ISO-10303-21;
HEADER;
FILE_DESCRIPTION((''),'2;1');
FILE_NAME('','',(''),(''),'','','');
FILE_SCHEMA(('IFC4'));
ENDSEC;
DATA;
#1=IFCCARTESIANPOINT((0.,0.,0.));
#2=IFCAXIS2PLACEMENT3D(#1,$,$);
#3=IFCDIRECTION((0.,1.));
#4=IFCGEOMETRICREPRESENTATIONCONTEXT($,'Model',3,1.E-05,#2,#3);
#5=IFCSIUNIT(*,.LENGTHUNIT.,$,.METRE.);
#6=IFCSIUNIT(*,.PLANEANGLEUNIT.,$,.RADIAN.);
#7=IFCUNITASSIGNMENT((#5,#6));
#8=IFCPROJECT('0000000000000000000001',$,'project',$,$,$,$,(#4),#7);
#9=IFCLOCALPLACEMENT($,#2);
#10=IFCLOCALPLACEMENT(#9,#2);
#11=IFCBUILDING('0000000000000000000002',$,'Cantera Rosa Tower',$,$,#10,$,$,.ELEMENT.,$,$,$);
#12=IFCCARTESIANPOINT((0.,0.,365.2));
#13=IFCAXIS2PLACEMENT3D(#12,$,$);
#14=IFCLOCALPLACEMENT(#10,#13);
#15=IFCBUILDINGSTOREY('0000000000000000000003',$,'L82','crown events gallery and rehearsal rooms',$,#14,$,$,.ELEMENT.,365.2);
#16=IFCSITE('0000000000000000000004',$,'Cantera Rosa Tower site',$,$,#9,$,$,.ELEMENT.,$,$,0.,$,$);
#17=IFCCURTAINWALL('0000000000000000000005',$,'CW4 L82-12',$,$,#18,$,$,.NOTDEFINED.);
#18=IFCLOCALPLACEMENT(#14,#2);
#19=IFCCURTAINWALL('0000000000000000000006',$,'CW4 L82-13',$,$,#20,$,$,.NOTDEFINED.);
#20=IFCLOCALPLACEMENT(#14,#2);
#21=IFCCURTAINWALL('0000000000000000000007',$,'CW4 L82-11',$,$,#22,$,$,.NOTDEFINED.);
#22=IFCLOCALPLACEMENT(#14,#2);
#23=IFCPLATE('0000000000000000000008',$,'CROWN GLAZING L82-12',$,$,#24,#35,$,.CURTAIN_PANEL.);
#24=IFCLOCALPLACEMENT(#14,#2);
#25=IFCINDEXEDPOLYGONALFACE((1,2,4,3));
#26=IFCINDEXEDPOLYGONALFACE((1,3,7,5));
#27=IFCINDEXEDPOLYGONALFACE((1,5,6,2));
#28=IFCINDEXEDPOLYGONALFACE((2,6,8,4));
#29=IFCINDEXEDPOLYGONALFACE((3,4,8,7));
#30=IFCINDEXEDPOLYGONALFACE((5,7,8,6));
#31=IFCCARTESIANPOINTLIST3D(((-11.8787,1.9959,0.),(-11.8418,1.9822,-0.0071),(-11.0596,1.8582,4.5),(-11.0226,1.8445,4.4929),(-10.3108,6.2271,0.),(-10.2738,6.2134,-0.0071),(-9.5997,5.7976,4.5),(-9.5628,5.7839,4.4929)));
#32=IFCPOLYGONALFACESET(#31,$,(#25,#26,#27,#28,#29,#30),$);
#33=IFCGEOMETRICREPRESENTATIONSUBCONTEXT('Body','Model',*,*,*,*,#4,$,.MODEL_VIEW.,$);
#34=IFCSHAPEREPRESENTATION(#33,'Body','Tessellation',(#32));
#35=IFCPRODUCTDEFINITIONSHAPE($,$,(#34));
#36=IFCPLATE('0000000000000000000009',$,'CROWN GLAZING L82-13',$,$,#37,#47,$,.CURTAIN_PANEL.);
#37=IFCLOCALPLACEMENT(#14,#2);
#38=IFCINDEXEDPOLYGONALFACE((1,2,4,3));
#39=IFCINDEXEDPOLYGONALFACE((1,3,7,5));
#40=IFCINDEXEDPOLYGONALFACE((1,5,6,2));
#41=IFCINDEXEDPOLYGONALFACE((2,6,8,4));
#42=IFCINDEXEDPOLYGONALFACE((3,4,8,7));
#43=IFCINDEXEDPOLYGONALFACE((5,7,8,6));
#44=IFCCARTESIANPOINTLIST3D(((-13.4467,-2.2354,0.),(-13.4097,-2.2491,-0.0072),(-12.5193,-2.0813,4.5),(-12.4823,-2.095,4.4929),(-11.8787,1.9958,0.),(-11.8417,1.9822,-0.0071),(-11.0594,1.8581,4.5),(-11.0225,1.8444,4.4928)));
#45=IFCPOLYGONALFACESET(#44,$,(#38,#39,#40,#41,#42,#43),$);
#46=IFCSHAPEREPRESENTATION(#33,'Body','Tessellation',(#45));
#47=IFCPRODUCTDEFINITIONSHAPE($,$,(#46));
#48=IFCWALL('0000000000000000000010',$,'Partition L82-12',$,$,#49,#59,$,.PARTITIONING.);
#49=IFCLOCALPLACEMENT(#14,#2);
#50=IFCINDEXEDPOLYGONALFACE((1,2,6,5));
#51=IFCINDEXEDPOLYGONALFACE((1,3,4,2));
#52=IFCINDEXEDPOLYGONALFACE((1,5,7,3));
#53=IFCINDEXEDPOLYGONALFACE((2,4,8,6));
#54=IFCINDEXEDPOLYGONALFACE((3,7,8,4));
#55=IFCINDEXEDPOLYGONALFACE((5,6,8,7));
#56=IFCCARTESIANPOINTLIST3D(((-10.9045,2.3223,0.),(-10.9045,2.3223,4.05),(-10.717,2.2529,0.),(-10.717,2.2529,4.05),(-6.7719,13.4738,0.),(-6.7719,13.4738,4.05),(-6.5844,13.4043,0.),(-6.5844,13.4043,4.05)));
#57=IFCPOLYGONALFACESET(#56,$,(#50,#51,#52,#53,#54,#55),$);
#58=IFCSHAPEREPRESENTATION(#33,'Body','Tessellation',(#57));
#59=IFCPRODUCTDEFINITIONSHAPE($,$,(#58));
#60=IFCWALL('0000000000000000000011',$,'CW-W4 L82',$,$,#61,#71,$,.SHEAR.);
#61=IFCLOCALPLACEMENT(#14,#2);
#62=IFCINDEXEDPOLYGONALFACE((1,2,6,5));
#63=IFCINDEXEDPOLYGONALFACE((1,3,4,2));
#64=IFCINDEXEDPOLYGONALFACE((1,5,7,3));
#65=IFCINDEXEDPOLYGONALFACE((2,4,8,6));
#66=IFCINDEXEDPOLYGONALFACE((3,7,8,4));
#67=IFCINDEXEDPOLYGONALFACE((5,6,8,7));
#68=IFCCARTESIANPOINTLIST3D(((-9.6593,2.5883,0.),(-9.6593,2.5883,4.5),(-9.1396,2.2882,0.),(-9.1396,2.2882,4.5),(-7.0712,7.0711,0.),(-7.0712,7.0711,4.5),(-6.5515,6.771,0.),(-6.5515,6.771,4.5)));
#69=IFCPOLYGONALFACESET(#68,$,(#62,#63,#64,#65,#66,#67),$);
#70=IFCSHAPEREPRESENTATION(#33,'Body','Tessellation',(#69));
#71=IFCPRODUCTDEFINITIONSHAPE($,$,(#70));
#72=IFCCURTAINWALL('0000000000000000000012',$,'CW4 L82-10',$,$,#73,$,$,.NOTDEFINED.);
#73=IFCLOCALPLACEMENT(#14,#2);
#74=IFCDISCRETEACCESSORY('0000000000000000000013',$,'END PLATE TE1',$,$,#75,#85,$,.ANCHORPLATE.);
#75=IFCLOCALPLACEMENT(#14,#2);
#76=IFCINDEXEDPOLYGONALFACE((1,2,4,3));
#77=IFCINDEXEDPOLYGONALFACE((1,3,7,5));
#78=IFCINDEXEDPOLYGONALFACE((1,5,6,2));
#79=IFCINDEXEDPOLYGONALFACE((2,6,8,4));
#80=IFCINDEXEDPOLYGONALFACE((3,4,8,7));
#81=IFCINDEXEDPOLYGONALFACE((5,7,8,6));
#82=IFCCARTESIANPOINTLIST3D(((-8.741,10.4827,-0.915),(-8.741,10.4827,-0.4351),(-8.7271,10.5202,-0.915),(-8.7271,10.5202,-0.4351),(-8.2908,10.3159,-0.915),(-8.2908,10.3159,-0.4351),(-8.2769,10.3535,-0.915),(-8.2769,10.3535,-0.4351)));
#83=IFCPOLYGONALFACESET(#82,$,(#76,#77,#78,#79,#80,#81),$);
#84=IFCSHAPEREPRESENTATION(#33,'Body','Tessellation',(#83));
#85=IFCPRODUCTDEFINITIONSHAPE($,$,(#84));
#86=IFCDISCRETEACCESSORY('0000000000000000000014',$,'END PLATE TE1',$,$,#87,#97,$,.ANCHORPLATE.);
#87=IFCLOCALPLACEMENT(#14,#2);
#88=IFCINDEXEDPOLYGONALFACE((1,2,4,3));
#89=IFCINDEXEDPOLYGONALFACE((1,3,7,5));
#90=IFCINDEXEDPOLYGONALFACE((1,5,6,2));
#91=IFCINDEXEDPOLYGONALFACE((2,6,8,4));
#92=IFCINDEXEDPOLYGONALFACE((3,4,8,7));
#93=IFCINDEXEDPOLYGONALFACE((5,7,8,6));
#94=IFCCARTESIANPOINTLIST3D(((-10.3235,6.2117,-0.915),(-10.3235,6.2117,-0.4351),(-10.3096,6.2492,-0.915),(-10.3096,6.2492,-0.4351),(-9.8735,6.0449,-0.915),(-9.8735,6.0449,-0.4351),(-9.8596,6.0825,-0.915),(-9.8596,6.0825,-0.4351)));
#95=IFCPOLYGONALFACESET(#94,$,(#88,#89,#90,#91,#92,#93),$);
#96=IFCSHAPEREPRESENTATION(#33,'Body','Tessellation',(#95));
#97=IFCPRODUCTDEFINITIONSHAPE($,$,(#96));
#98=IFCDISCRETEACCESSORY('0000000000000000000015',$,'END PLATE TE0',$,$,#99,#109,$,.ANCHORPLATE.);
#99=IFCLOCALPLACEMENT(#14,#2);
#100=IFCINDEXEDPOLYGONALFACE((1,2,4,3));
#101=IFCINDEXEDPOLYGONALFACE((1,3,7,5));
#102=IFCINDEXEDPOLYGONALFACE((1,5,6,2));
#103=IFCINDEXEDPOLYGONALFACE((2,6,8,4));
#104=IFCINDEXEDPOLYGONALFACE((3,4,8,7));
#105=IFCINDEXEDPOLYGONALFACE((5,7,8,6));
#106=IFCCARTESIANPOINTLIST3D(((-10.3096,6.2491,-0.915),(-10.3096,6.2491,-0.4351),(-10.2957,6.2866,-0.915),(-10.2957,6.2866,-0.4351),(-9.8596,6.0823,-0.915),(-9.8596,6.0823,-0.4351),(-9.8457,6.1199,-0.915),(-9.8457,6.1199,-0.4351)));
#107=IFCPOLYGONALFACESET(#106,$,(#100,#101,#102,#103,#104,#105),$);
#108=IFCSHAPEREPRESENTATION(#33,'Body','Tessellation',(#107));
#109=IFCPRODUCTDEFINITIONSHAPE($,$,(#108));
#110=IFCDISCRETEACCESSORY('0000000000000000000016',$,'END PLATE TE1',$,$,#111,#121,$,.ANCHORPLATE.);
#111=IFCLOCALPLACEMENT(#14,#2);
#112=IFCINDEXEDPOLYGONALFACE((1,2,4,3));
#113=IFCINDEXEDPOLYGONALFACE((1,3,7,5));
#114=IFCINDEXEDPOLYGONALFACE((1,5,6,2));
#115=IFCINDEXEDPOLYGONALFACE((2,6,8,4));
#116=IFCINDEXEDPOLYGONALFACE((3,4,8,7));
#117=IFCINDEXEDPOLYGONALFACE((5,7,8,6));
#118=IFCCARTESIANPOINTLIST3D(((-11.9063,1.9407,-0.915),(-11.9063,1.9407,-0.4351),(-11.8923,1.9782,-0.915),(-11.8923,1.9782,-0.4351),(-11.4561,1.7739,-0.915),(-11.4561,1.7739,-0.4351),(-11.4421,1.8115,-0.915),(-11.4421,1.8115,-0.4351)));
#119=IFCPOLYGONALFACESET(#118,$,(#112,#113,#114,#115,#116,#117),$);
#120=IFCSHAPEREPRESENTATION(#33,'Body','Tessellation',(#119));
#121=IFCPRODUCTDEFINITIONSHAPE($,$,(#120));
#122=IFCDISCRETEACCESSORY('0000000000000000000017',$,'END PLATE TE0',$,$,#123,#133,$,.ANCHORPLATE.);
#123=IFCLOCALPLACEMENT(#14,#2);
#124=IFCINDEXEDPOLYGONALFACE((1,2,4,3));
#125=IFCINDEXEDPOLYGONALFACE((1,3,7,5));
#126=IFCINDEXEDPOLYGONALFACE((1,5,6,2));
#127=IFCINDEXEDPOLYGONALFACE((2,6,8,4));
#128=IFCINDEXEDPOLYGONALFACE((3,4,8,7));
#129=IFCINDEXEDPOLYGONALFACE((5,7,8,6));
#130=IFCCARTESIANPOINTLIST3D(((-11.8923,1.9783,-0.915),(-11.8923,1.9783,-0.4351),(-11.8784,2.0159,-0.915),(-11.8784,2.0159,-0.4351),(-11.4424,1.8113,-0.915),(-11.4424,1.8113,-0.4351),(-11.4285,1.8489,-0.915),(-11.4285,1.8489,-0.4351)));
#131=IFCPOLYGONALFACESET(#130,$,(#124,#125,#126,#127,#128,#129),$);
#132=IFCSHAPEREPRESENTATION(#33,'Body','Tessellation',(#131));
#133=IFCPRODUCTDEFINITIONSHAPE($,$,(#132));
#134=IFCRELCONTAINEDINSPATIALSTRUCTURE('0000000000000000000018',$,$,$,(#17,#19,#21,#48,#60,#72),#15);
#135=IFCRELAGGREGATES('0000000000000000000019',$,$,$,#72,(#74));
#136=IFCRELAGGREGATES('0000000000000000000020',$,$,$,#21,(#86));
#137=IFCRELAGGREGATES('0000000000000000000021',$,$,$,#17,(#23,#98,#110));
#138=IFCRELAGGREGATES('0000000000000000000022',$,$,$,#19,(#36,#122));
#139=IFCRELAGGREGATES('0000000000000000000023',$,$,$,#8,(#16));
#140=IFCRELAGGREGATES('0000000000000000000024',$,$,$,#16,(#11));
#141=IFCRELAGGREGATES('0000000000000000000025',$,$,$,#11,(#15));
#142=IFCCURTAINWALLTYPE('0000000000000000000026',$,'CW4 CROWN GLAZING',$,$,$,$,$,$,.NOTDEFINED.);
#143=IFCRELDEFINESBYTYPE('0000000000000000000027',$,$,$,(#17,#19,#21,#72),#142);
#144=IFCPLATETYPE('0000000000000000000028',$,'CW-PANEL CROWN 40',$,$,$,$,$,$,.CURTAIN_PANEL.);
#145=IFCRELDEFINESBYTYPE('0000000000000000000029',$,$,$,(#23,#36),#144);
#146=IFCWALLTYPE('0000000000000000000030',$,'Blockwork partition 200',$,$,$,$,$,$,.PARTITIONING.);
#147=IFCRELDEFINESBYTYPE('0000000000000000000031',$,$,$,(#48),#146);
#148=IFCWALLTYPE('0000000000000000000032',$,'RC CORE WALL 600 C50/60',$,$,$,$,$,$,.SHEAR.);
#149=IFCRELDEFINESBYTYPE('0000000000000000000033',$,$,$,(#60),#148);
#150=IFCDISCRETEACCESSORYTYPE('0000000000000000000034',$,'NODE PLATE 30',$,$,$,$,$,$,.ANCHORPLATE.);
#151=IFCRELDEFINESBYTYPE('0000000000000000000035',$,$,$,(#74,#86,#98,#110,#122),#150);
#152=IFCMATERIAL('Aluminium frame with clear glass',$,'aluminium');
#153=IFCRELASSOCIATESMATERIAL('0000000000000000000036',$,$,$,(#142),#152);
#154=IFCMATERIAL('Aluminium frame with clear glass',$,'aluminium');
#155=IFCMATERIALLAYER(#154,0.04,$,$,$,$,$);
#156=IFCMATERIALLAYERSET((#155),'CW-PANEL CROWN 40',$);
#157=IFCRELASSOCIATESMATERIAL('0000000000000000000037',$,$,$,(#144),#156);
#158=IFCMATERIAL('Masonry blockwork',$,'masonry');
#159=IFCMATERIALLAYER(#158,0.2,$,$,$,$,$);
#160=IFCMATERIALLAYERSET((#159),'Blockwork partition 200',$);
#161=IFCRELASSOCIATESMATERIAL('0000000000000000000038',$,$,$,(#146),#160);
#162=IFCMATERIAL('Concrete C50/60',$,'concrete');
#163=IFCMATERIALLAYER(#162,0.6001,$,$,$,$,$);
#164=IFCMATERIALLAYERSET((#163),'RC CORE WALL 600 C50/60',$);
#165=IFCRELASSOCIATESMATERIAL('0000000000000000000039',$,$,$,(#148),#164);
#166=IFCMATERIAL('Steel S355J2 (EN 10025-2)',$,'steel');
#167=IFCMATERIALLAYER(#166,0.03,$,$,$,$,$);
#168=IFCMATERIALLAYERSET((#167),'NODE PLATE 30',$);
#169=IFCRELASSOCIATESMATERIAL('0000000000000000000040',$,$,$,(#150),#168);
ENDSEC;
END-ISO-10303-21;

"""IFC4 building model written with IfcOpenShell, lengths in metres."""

from ifc_helpers import new_model, si_unit, direction, frame, frame_2d, origin, place, context, subcontext, project, spatial, polyline, rectangle, outline, extrude, material, layer, layer_set, type_object, element, aggregate, save


model = new_model("IFC4")

# Units and contexts
model_context = context("Model", 3, precision=1e-05, world=origin(), true_north=direction((0.0, 1.0)))
body_context = subcontext(model_context, "Body", "Model", "MODEL_VIEW")
ifc_project = project(units=[si_unit("LENGTHUNIT", "METRE"), si_unit("PLANEANGLEUNIT", "RADIAN")], contexts=[model_context])

# Site, building, storey
site_placement = place(None, origin())
site = spatial("IfcSite", under=ifc_project, at=site_placement, Name="Cantera Rosa Tower site", CompositionType="ELEMENT", RefElevation=0.0)
building_placement = place(site_placement, origin())
building = spatial("IfcBuilding", under=site, at=building_placement, Name="Cantera Rosa Tower", CompositionType="ELEMENT")
storey_placement = place(building_placement, frame((0.0, 0.0, 365.2)))
storey = spatial("IfcBuildingStorey", under=building, at=storey_placement, Name="L82", Description="crown events gallery and rehearsal rooms", CompositionType="ELEMENT", Elevation=365.2)

# Curtain walls
ifc_material_1 = material(Name="Aluminium frame with clear glass", Category="aluminium")
curtain_wall_type = type_object("IfcCurtainWallType", Name="CW4 CROWN GLAZING", PredefinedType="NOTDEFINED", material=ifc_material_1)
curtain_wall_1_placement = place(storey_placement, origin())
curtain_wall_1 = element("IfcCurtainWall", 1, at=curtain_wall_1_placement, inside=storey, type_object=curtain_wall_type, Name="CW4 L82-12", PredefinedType="NOTDEFINED")
curtain_wall_2_placement = place(storey_placement, origin())
curtain_wall_2 = element("IfcCurtainWall", 2, at=curtain_wall_2_placement, inside=storey, type_object=curtain_wall_type, Name="CW4 L82-13", PredefinedType="NOTDEFINED")
curtain_wall_3_placement = place(storey_placement, origin())
curtain_wall_3 = element("IfcCurtainWall", 3, at=curtain_wall_3_placement, inside=storey, type_object=curtain_wall_type, Name="CW4 L82-11", PredefinedType="NOTDEFINED")

# Plates
ifc_material_2 = material(Name="Aluminium frame with clear glass", Category="aluminium")
ifc_layer_1 = layer(ifc_material_2, 0.04)
ifc_layer_set_1 = layer_set([ifc_layer_1], Name="CW-PANEL CROWN 40")
plate_type = type_object("IfcPlateType", Name="CW-PANEL CROWN 40", PredefinedType="CURTAIN_PANEL", material=ifc_layer_set_1)
plate_1_placement = place(storey_placement, frame((-10.3108, 6.2271, 0.0), z_axis=(-0.92264, 0.341907, 0.178422), x_axis=(-0.347482, -0.937687, 0.000004)))
plate_1 = element("IfcPlate", 4, at=plate_1_placement, type_object=plate_type, Name="CROWN GLAZING L82-12", PredefinedType="CURTAIN_PANEL", context=body_context, shape_type="SweptSolid", body=[
    extrude(outline(polyline([(0.0, 0.0), (4.5123, 0.0), (4.3569, 4.5734), (0.1556, 4.5734), (0.0, 0.0)])), origin(), (0.0, 0.0, -1.0), 0.04),
])
plate_2_placement = place(storey_placement, frame((-11.8787, 1.9958, 0.0), z_axis=(-0.922639, 0.341906, 0.17843), x_axis=(-0.347483, -0.937686, -0.000005)))
plate_2 = element("IfcPlate", 5, at=plate_2_placement, type_object=plate_type, Name="CROWN GLAZING L82-13", PredefinedType="CURTAIN_PANEL", context=body_context, shape_type="SweptSolid", body=[
    extrude(outline(polyline([(0.0, 0.0), (4.5124, 0.0), (4.0457, 4.5734), (-0.1555, 4.5734), (0.0, 0.0)])), origin(), (0.0, 0.0, -1.0), 0.04),
])

# Walls
ifc_material_3 = material(Name="Masonry blockwork", Category="masonry")
ifc_layer_2 = layer(ifc_material_3, 0.2)
ifc_layer_set_2 = layer_set([ifc_layer_2], Name="Blockwork partition 200")
wall_type_1 = type_object("IfcWallType", Name="Blockwork partition 200", PredefinedType="PARTITIONING", material=ifc_layer_set_2)
wall_1_placement = place(storey_placement, frame((-10.8108, 2.2876, 0.0), z_axis=(0.0, 0.0, 1.0), x_axis=(0.347494, 0.937682, 0.0)))
element("IfcWall", 6, at=wall_1_placement, inside=storey, type_object=wall_type_1, Name="Partition L82-12", PredefinedType="PARTITIONING", context=body_context, shape_type="SweptSolid", body=[
    extrude(rectangle(XDim=11.8926, YDim=0.2, at=frame_2d((5.9463, 0.0))), origin(), (0.0, 0.0, 1.0), 4.05),
])
ifc_material_4 = material(Name="Concrete C50/60", Category="concrete")
ifc_layer_3 = layer(ifc_material_4, 0.6001)
ifc_layer_set_3 = layer_set([ifc_layer_3], Name="RC CORE WALL 600 C50/60")
wall_type_2 = type_object("IfcWallType", Name="RC CORE WALL 600 C50/60", PredefinedType="SHEAR", material=ifc_layer_set_3)
wall_2_placement = place(storey_placement, frame((-9.3994, 2.4382, 0.0), z_axis=(0.0, 0.0, 1.0), x_axis=(0.499989, 0.866032, 0.0)))
element("IfcWall", 7, at=wall_2_placement, inside=storey, type_object=wall_type_2, Name="CW-W4 L82", PredefinedType="SHEAR", context=body_context, shape_type="SweptSolid", body=[
    extrude(rectangle(XDim=5.1763, YDim=0.6001, at=frame_2d((2.5881, 0.0))), origin(), (0.0, 0.0, 1.0), 4.5),
])

# Curtain wall, discrete accessory
curtain_wall_4_placement = place(storey_placement, origin())
curtain_wall_4 = element("IfcCurtainWall", 8, at=curtain_wall_4_placement, inside=storey, type_object=curtain_wall_type, Name="CW4 L82-10", PredefinedType="NOTDEFINED")
ifc_material_5 = material(Name="Steel S355J2 (EN 10025-2)", Category="steel")
ifc_layer_4 = layer(ifc_material_5, 0.03)
ifc_layer_set_4 = layer_set([ifc_layer_4], Name="NODE PLATE 30")
discrete_accessory_type = type_object("IfcDiscreteAccessoryType", Name="NODE PLATE 30", PredefinedType="ANCHORPLATE", material=ifc_layer_set_4)
discrete_accessory_1_placement = place(storey_placement, frame((-8.2908, 10.3159, -0.4351), z_axis=(-0.347331, -0.937743, 0.0), x_axis=(-0.937743, 0.347331, 0.0)))
discrete_accessory_1 = element("IfcDiscreteAccessory", 9, at=discrete_accessory_1_placement, type_object=discrete_accessory_type, Name="END PLATE TE1", PredefinedType="ANCHORPLATE", context=body_context, shape_type="SweptSolid", body=[
    extrude(outline(polyline([(0.0, 0.0), (0.4801, 0.0), (0.4801, 0.48), (0.0, 0.48), (0.0, 0.0)])), origin(), (0.0, 0.0, -1.0), 0.04),
])
aggregate(curtain_wall_4, [discrete_accessory_1])

# Discrete accessories
discrete_accessory_2_placement = place(storey_placement, frame((-9.8735, 6.0449, -0.4351), z_axis=(-0.347497, -0.937681, 0.0), x_axis=(-0.937681, 0.347497, 0.0)))
discrete_accessory_2 = element("IfcDiscreteAccessory", 10, at=discrete_accessory_2_placement, type_object=discrete_accessory_type, Name="END PLATE TE1", PredefinedType="ANCHORPLATE", context=body_context, shape_type="SweptSolid", body=[
    extrude(outline(polyline([(0.0, 0.0), (0.4799, 0.0), (0.4799, 0.48), (0.0, 0.48), (0.0, 0.0)])), origin(), (0.0, 0.0, -1.0), 0.04),
])
aggregate(curtain_wall_3, [discrete_accessory_2])
discrete_accessory_3_placement = place(storey_placement, frame((-10.2957, 6.2866, -0.4351), z_axis=(0.347497, 0.937681, 0.0), x_axis=(0.937681, -0.347497, 0.0)))
discrete_accessory_3 = element("IfcDiscreteAccessory", 11, at=discrete_accessory_3_placement, type_object=discrete_accessory_type, Name="END PLATE TE0", PredefinedType="ANCHORPLATE", context=body_context, shape_type="SweptSolid", body=[
    extrude(outline(polyline([(0.0, 0.0), (0.4799, 0.0), (0.4799, 0.48), (0.0, 0.48), (0.0, 0.0)])), origin(), (0.0, 0.0, -1.0), 0.04),
])
discrete_accessory_4_placement = place(storey_placement, frame((-11.4561, 1.7739, -0.4351), z_axis=(-0.347331, -0.937743, 0.0), x_axis=(-0.937743, 0.347331, 0.0)))
discrete_accessory_4 = element("IfcDiscreteAccessory", 12, at=discrete_accessory_4_placement, type_object=discrete_accessory_type, Name="END PLATE TE1", PredefinedType="ANCHORPLATE", context=body_context, shape_type="SweptSolid", body=[
    extrude(outline(polyline([(0.0, 0.0), (0.4801, 0.0), (0.4801, 0.48), (0.0, 0.48), (0.0, 0.0)])), origin(), (0.0, 0.0, -1.0), 0.04),
])
aggregate(curtain_wall_1, [plate_1, discrete_accessory_3, discrete_accessory_4])
discrete_accessory_5_placement = place(storey_placement, frame((-11.8784, 2.0159, -0.4351), z_axis=(0.347944, 0.937515, 0.0), x_axis=(0.937515, -0.347944, 0.0)))
discrete_accessory_5 = element("IfcDiscreteAccessory", 13, at=discrete_accessory_5_placement, type_object=discrete_accessory_type, Name="END PLATE TE0", PredefinedType="ANCHORPLATE", context=body_context, shape_type="SweptSolid", body=[
    extrude(outline(polyline([(0.0, 0.0), (0.4799, 0.0), (0.4799, 0.48), (0.0, 0.48), (0.0, 0.0)])), origin(), (0.0, 0.0, -1.0), 0.04),
])
aggregate(curtain_wall_2, [plate_2, discrete_accessory_5])

save(model, "model.ifc")
